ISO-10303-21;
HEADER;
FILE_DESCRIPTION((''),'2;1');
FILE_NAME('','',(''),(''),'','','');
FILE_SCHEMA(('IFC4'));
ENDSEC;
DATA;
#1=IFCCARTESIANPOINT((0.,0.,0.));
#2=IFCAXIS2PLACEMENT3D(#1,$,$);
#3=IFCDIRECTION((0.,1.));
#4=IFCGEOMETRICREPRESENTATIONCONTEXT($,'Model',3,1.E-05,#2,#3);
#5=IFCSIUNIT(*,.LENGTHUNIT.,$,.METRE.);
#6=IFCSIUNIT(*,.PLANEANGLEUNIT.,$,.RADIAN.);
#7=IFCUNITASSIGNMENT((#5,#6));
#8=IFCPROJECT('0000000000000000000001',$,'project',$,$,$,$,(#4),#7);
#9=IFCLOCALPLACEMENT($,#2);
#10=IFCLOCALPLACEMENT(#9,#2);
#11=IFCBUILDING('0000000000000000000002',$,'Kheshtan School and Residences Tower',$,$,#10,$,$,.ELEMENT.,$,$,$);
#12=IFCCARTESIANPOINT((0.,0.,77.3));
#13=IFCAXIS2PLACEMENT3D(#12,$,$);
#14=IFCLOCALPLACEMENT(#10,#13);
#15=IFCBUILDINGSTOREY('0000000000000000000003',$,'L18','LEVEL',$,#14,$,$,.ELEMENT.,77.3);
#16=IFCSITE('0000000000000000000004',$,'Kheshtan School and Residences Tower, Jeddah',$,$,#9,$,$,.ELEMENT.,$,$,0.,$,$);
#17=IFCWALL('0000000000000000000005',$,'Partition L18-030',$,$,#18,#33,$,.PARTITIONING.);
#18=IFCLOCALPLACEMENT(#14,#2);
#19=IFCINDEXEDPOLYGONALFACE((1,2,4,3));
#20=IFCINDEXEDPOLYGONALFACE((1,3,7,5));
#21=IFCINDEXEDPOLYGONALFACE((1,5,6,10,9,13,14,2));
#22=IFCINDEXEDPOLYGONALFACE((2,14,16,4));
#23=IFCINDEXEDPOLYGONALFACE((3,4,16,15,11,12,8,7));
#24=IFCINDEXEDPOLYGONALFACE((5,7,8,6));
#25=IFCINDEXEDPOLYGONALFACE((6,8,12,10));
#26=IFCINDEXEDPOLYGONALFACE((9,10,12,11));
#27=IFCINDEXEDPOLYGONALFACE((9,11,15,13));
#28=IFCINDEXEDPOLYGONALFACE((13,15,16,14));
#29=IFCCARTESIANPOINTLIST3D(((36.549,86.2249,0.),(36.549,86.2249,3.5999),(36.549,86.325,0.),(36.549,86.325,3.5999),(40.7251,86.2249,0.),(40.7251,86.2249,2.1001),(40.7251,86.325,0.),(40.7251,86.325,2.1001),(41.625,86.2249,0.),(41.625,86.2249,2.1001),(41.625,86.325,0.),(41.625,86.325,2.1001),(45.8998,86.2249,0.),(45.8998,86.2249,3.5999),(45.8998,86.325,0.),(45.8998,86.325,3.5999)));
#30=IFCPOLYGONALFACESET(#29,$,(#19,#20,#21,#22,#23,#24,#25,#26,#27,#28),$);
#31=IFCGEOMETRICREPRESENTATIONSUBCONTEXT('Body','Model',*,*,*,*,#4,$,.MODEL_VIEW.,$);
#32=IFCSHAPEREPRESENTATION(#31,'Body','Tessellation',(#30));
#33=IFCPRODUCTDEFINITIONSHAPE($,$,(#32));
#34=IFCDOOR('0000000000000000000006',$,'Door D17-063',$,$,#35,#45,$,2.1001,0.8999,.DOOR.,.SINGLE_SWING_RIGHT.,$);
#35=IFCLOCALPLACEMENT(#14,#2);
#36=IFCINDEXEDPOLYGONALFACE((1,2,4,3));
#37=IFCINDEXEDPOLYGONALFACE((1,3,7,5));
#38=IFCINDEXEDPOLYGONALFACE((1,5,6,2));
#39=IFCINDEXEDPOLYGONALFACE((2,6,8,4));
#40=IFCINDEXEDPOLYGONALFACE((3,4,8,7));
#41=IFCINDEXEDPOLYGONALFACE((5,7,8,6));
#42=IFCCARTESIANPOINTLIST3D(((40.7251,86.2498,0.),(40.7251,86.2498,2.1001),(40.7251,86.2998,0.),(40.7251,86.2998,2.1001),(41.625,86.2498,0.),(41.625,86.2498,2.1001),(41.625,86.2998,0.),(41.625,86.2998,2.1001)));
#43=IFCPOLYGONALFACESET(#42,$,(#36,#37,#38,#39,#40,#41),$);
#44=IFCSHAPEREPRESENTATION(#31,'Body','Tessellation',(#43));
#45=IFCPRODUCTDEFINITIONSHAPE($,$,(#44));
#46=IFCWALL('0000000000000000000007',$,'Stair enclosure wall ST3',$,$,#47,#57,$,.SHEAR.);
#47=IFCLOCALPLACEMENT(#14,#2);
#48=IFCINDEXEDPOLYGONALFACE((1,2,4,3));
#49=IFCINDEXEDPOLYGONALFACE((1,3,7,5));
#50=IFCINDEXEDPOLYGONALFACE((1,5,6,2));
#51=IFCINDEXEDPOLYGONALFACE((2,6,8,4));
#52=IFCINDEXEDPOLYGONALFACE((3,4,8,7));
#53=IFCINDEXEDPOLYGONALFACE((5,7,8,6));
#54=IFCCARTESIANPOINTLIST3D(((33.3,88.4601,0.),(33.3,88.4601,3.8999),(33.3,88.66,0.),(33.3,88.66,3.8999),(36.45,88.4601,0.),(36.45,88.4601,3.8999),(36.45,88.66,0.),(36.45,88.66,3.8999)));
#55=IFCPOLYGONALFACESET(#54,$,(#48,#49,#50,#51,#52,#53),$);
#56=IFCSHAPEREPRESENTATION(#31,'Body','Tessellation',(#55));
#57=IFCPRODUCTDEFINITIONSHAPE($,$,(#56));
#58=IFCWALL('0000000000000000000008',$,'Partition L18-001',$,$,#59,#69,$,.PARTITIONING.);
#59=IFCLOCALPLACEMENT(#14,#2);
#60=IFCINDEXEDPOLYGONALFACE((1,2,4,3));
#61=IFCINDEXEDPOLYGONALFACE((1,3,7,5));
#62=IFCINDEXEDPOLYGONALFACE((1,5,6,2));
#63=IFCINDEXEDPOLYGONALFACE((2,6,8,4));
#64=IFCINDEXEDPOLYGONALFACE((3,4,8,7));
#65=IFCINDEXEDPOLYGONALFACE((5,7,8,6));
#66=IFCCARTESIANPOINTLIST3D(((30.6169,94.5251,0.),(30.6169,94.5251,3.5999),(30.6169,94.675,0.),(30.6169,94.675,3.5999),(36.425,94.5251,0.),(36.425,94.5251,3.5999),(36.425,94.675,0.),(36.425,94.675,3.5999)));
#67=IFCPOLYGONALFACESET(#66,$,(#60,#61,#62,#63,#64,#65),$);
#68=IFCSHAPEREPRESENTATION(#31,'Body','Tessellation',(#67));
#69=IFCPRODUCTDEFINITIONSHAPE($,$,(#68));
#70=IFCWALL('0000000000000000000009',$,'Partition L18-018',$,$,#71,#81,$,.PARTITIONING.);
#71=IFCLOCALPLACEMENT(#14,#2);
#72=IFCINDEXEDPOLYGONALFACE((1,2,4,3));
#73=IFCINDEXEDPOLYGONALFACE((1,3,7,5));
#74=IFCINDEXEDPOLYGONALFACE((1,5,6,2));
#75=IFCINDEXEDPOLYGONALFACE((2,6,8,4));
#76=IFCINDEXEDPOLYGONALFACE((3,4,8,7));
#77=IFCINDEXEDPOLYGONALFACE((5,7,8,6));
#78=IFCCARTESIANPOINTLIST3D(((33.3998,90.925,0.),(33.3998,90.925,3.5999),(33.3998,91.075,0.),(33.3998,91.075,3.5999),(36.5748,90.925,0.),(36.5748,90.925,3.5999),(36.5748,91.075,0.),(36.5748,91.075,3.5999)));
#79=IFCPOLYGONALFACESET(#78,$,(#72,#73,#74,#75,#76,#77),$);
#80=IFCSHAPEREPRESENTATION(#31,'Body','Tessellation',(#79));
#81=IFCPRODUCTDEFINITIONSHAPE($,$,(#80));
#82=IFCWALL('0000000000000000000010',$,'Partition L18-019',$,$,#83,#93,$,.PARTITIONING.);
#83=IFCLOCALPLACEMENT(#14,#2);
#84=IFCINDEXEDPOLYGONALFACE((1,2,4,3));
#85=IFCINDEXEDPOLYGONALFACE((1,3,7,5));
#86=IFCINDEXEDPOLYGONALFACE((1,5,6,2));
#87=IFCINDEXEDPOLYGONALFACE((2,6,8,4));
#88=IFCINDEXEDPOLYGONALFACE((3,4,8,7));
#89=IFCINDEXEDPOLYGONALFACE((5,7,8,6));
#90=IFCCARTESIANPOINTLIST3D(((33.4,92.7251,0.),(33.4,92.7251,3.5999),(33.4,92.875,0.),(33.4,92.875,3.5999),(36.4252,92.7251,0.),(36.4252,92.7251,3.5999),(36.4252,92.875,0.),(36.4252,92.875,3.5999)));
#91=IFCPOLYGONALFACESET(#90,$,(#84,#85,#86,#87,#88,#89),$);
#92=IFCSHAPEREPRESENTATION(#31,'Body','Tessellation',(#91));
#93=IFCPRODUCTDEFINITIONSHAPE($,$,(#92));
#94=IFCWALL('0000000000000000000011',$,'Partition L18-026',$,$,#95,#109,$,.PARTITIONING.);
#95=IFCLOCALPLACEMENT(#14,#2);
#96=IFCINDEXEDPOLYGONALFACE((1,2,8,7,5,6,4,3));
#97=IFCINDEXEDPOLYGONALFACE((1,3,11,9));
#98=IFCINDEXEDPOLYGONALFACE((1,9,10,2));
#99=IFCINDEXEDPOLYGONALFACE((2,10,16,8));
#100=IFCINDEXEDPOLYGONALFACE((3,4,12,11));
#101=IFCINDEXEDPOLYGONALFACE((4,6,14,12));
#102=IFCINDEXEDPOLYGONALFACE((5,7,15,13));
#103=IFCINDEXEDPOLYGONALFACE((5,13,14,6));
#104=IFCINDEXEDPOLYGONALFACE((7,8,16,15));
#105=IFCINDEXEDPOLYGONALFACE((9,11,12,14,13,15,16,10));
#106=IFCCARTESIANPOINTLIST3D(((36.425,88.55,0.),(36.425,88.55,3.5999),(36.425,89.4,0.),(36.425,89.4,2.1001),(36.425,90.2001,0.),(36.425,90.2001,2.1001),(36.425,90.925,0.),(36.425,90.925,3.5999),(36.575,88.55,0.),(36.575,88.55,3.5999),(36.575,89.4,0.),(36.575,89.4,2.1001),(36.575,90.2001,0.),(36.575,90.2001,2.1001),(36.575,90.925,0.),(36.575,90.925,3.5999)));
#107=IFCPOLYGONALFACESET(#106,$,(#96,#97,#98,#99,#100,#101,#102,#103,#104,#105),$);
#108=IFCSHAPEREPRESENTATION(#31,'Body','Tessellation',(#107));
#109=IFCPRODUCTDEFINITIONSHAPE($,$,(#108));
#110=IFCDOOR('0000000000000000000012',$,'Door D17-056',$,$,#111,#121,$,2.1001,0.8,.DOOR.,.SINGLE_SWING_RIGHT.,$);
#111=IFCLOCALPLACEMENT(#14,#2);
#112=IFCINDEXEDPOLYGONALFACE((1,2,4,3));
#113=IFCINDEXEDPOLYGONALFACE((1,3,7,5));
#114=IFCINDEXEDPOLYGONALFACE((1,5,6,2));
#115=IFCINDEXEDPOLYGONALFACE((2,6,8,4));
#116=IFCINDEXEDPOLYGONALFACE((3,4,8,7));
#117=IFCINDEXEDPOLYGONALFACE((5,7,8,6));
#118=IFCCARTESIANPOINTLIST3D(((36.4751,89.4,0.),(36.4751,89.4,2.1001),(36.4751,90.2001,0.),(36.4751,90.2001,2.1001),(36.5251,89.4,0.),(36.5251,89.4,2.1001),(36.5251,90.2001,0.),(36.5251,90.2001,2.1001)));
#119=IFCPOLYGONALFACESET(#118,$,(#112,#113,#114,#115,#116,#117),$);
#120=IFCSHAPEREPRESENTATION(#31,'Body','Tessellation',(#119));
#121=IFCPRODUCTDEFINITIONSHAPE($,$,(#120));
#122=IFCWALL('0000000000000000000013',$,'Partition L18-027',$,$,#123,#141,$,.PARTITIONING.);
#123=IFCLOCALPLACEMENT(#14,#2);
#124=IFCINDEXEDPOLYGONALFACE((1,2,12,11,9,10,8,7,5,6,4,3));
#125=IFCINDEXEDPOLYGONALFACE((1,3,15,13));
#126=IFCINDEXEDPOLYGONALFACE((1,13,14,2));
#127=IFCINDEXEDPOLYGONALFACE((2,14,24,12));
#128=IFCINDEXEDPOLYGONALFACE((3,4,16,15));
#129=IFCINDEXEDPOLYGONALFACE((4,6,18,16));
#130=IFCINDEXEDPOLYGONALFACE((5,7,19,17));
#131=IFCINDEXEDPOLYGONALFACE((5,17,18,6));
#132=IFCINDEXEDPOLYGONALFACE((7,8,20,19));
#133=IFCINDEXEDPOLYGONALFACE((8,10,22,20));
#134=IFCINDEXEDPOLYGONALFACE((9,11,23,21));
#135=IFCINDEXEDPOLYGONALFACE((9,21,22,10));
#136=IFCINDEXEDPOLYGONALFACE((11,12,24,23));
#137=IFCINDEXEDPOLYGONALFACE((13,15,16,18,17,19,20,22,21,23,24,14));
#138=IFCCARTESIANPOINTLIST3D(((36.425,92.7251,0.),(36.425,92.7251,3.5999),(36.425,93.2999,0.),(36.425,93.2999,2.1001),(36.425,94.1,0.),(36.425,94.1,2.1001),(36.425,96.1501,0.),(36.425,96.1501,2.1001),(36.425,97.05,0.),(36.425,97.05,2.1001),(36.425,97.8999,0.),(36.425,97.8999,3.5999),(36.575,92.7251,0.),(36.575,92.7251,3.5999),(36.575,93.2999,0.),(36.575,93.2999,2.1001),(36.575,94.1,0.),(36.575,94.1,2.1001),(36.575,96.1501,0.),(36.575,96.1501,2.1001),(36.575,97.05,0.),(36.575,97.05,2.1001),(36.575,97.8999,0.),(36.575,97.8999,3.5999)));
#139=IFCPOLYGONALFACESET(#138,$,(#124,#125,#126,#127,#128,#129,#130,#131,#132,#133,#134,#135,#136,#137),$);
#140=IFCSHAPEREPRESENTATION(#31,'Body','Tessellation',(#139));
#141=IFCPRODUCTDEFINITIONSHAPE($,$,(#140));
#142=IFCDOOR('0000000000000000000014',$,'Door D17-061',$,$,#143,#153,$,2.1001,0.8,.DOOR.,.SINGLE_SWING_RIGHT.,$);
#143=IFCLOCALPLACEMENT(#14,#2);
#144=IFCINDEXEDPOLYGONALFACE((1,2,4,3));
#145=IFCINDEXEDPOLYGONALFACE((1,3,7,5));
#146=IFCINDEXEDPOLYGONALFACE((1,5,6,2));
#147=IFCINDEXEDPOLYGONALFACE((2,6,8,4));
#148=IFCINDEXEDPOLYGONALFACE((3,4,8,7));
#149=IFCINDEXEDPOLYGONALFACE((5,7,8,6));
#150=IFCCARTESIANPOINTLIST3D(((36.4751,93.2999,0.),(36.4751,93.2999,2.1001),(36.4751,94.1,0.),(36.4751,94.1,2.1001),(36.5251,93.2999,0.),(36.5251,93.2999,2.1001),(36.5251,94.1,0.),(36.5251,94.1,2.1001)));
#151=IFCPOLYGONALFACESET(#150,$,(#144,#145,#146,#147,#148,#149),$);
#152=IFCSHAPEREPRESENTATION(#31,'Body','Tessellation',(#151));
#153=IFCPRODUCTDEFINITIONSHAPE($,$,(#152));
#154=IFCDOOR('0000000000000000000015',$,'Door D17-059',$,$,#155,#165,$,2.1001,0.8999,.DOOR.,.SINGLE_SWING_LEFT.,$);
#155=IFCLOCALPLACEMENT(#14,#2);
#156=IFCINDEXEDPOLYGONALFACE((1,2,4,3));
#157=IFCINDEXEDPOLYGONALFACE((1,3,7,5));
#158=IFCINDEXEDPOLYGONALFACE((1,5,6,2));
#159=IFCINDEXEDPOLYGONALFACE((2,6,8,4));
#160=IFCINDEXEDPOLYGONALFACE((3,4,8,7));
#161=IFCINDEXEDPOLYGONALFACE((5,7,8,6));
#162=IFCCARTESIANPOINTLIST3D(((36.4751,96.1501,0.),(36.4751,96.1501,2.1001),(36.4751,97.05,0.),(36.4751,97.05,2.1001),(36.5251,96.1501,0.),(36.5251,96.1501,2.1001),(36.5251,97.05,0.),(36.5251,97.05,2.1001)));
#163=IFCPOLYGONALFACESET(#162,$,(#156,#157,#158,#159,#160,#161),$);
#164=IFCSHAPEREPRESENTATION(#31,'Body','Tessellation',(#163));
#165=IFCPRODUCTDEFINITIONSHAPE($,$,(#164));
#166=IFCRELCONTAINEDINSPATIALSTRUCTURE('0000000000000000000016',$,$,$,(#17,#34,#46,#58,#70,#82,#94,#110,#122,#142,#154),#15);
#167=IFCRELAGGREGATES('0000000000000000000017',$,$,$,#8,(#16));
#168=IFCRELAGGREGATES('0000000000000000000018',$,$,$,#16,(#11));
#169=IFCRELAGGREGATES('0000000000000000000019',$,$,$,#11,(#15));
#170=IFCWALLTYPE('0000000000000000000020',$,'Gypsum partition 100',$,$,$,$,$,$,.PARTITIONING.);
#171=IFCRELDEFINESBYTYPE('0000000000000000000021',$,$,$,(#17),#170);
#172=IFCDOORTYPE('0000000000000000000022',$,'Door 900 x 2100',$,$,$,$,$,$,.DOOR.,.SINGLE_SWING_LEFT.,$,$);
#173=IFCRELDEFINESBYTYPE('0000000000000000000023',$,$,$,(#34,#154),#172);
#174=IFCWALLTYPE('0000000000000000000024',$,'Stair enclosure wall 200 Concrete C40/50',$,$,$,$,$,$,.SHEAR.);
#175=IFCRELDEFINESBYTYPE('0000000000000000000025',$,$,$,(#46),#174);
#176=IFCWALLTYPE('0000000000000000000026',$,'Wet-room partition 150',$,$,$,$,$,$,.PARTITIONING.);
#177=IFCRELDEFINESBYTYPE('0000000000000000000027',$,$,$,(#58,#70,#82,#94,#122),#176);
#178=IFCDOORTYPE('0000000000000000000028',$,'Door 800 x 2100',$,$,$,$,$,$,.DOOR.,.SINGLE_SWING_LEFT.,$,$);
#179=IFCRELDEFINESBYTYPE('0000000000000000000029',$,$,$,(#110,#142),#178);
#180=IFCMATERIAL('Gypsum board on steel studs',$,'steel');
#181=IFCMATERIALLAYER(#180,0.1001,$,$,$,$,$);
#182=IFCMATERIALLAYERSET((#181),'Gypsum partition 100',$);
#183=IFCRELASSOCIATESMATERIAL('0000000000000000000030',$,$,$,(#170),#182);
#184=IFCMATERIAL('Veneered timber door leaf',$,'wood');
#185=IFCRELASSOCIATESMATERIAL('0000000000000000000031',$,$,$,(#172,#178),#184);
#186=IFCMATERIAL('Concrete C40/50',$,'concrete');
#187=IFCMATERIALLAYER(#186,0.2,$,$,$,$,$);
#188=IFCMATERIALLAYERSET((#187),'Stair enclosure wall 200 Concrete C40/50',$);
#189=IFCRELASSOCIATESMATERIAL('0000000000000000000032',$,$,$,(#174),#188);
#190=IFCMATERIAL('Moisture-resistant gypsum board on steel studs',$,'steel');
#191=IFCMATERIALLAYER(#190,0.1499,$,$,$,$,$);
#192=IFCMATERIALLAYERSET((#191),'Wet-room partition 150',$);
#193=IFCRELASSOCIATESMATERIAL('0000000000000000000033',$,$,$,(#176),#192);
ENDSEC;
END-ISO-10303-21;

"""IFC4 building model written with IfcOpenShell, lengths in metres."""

from ifc_helpers import new_model, si_unit, direction, frame, frame_2d, origin, place, context, subcontext, project, spatial, rectangle, extrude, source, transform, mapped, material, layer, layer_set, type_object, element, fill, save


model = new_model("IFC4")

# Units and contexts
model_context = context("Model", 3, precision=1e-05, world=origin(), true_north=direction((0.0, 1.0)))
body_context = subcontext(model_context, "Body", "Model", "MODEL_VIEW")
ifc_project = project(units=[si_unit("LENGTHUNIT", "METRE"), si_unit("PLANEANGLEUNIT", "RADIAN")], contexts=[model_context])

# Site, building, storey
site_placement = place(None, origin())
site = spatial("IfcSite", under=ifc_project, at=site_placement, Name="Kheshtan School and Residences Tower, Jeddah", CompositionType="ELEMENT", RefElevation=0.0)
building_placement = place(site_placement, origin())
building = spatial("IfcBuilding", under=site, at=building_placement, Name="Kheshtan School and Residences Tower", CompositionType="ELEMENT")
storey_placement = place(building_placement, frame((0.0, 0.0, 77.3)))
storey = spatial("IfcBuildingStorey", under=building, at=storey_placement, Name="L18", Description="LEVEL", CompositionType="ELEMENT", Elevation=77.3)

# Wall, opening, door
ifc_material_1 = material(Name="Gypsum board on steel studs", Category="steel")
ifc_layer_1 = layer(ifc_material_1, 0.1001)
ifc_layer_set_1 = layer_set([ifc_layer_1], Name="Gypsum partition 100")
wall_type_1 = type_object("IfcWallType", Name="Gypsum partition 100", PredefinedType="PARTITIONING", material=ifc_layer_set_1)
ifc_material_2 = material(Name="Veneered timber door leaf", Category="wood")
door_type_1 = type_object("IfcDoorType", Name="Door 900 x 2100", OperationType="SINGLE_SWING_LEFT", PredefinedType="DOOR", material=ifc_material_2)
shared_shape_1 = source(origin(), body_context, "Body", "SweptSolid", [
    extrude(rectangle(XDim=0.8999, YDim=2.1001, at=frame_2d((0.45, 1.05))), frame((0.0, 0.0249, 0.0), z_axis=(0.0, -1.0, 0.0), x_axis=(1.0, 0.0, 0.0)), (0.0, 0.0, 1.0), 0.05),
])
wall_1_placement = place(storey_placement, frame((36.5491, 86.2749, 0.0), z_axis=(0.0, 0.0, 1.0), x_axis=(1.0, 0.0, 0.0)))
wall_1 = element("IfcWall", 1, at=wall_1_placement, inside=storey, type_object=wall_type_1, Name="Partition L18-030", PredefinedType="PARTITIONING", context=body_context, shape_type="SweptSolid", body=[
    extrude(rectangle(XDim=9.3508, YDim=0.1001, at=frame_2d((4.6753, 0.0))), origin(), (0.0, 0.0, 1.0), 3.5999),
])
opening_1_placement = place(wall_1_placement, frame((4.176, 0.0, 0.0)))
opening_1 = element("IfcOpeningElement", 2, at=opening_1_placement, cuts=wall_1, PredefinedType="OPENING", context=body_context, shape_type="SweptSolid", body=[
    extrude(rectangle(XDim=0.8999, YDim=2.1001, at=frame_2d((0.45, 1.05))), frame((0.0, 0.0601, 0.0), z_axis=(0.0, -1.0, 0.0), x_axis=(1.0, 0.0, 0.0)), (0.0, 0.0, 1.0), 0.1201),
])
door_1_placement = place(opening_1_placement, origin())
door_1 = element("IfcDoor", 3, at=door_1_placement, inside=storey, type_object=door_type_1, Name="Door D17-063", OperationType="SINGLE_SWING_RIGHT", OverallHeight=2.1001, OverallWidth=0.8999, PredefinedType="DOOR", context=body_context, shape_type="MappedRepresentation", body=[
    mapped(shared_shape_1, transform((0.0, 0.0, 0.0), x_axis=(1.0, 0.0, 0.0), y_axis=(0.0, 1.0, 0.0), z_axis=(0.0, 0.0, 1.0), scale=1.0)),
])
fill(opening_1, door_1)

# Walls
ifc_material_3 = material(Name="Concrete C40/50", Category="concrete")
ifc_layer_2 = layer(ifc_material_3, 0.2)
ifc_layer_set_2 = layer_set([ifc_layer_2], Name="Stair enclosure wall 200 Concrete C40/50")
wall_type_2 = type_object("IfcWallType", Name="Stair enclosure wall 200 Concrete C40/50", PredefinedType="SHEAR", material=ifc_layer_set_2)
wall_2_placement = place(storey_placement, frame((33.3, 88.5601, 0.0), z_axis=(0.0, 0.0, 1.0), x_axis=(1.0, 0.0, 0.0)))
element("IfcWall", 4, at=wall_2_placement, inside=storey, type_object=wall_type_2, Name="Stair enclosure wall ST3", PredefinedType="SHEAR", context=body_context, shape_type="SweptSolid", body=[
    extrude(rectangle(XDim=3.1499, YDim=0.2, at=frame_2d((1.575, 0.0))), origin(), (0.0, 0.0, 1.0), 3.8999),
])
ifc_material_4 = material(Name="Moisture-resistant gypsum board on steel studs", Category="steel")
ifc_layer_3 = layer(ifc_material_4, 0.1499)
ifc_layer_set_3 = layer_set([ifc_layer_3], Name="Wet-room partition 150")
wall_type_3 = type_object("IfcWallType", Name="Wet-room partition 150", PredefinedType="PARTITIONING", material=ifc_layer_set_3)
wall_3_placement = place(storey_placement, frame((30.6169, 94.6001, 0.0), z_axis=(0.0, 0.0, 1.0), x_axis=(1.0, 0.0, 0.0)))
element("IfcWall", 5, at=wall_3_placement, inside=storey, type_object=wall_type_3, Name="Partition L18-001", PredefinedType="PARTITIONING", context=body_context, shape_type="SweptSolid", body=[
    extrude(rectangle(XDim=5.8081, YDim=0.1499, at=frame_2d((2.9041, 0.0))), origin(), (0.0, 0.0, 1.0), 3.5999),
])
wall_4_placement = place(storey_placement, frame((33.3999, 91.0, 0.0), z_axis=(0.0, 0.0, 1.0), x_axis=(1.0, 0.0, 0.0)))
element("IfcWall", 6, at=wall_4_placement, inside=storey, type_object=wall_type_3, Name="Partition L18-018", PredefinedType="PARTITIONING", context=body_context, shape_type="SweptSolid", body=[
    extrude(rectangle(XDim=3.175, YDim=0.1499, at=frame_2d((1.5874, 0.0))), origin(), (0.0, 0.0, 1.0), 3.5999),
])
wall_5_placement = place(storey_placement, frame((33.3999, 92.8, 0.0), z_axis=(0.0, 0.0, 1.0), x_axis=(1.0, 0.0, 0.0)))
element("IfcWall", 7, at=wall_5_placement, inside=storey, type_object=wall_type_3, Name="Partition L18-019", PredefinedType="PARTITIONING", context=body_context, shape_type="SweptSolid", body=[
    extrude(rectangle(XDim=3.0251, YDim=0.1499, at=frame_2d((1.5127, 0.0))), origin(), (0.0, 0.0, 1.0), 3.5999),
])

# Wall, opening, door
wall_6_placement = place(storey_placement, frame((36.5, 88.55, 0.0), z_axis=(0.0, 0.0, 1.0), x_axis=(0.0, 1.0, 0.0)))
wall_6 = element("IfcWall", 8, at=wall_6_placement, inside=storey, type_object=wall_type_3, Name="Partition L18-026", PredefinedType="PARTITIONING", context=body_context, shape_type="SweptSolid", body=[
    extrude(rectangle(XDim=2.375, YDim=0.1499, at=frame_2d((1.1875, 0.0))), origin(), (0.0, 0.0, 1.0), 3.5999),
])
opening_2_placement = place(wall_6_placement, frame((0.8501, 0.0, 0.0)))
opening_2 = element("IfcOpeningElement", 9, at=opening_2_placement, cuts=wall_6, PredefinedType="OPENING", context=body_context, shape_type="SweptSolid", body=[
    extrude(rectangle(XDim=0.8, YDim=2.1001, at=frame_2d((0.3999, 1.05))), frame((0.0, 0.085, 0.0), z_axis=(0.0, -1.0, 0.0), x_axis=(1.0, 0.0, 0.0)), (0.0, 0.0, 1.0), 0.1699),
])
door_type_2 = type_object("IfcDoorType", Name="Door 800 x 2100", OperationType="SINGLE_SWING_LEFT", PredefinedType="DOOR", material=ifc_material_2)
shared_shape_2 = source(origin(), body_context, "Body", "SweptSolid", [
    extrude(rectangle(XDim=0.8, YDim=2.1001, at=frame_2d((0.3999, 1.05))), frame((0.0, 0.0249, 0.0), z_axis=(0.0, -1.0, 0.0), x_axis=(1.0, 0.0, 0.0)), (0.0, 0.0, 1.0), 0.05),
])
door_2_placement = place(opening_2_placement, origin())
door_2 = element("IfcDoor", 10, at=door_2_placement, inside=storey, type_object=door_type_2, Name="Door D17-056", OperationType="SINGLE_SWING_RIGHT", OverallHeight=2.1001, OverallWidth=0.8, PredefinedType="DOOR", context=body_context, shape_type="MappedRepresentation", body=[
    mapped(shared_shape_2, transform((0.0, 0.0, 0.0), x_axis=(1.0, 0.0, 0.0), y_axis=(0.0, 1.0, 0.0), z_axis=(0.0, 0.0, 1.0), scale=1.0)),
])
fill(opening_2, door_2)

# Wall, openings, doors
wall_7_placement = place(storey_placement, frame((36.5, 92.7251, 0.0), z_axis=(0.0, 0.0, 1.0), x_axis=(0.0, 1.0, 0.0)))
wall_7 = element("IfcWall", 11, at=wall_7_placement, inside=storey, type_object=wall_type_3, Name="Partition L18-027", PredefinedType="PARTITIONING", context=body_context, shape_type="SweptSolid", body=[
    extrude(rectangle(XDim=5.1748, YDim=0.1499, at=frame_2d((2.5874, 0.0))), origin(), (0.0, 0.0, 1.0), 3.5999),
])
opening_3_placement = place(wall_7_placement, frame((3.425, 0.0, 0.0)))
opening_3 = element("IfcOpeningElement", 12, at=opening_3_placement, cuts=wall_7, PredefinedType="OPENING", context=body_context, shape_type="SweptSolid", body=[
    extrude(rectangle(XDim=0.8999, YDim=2.1001, at=frame_2d((0.45, 1.05))), frame((0.0, 0.085, 0.0), z_axis=(0.0, -1.0, 0.0), x_axis=(1.0, 0.0, 0.0)), (0.0, 0.0, 1.0), 0.1699),
])
opening_4_placement = place(wall_7_placement, frame((0.575, 0.0, 0.0)))
opening_4 = element("IfcOpeningElement", 13, at=opening_4_placement, cuts=wall_7, PredefinedType="OPENING", context=body_context, shape_type="SweptSolid", body=[
    extrude(rectangle(XDim=0.8, YDim=2.1001, at=frame_2d((0.3999, 1.05))), frame((0.0, 0.085, 0.0), z_axis=(0.0, -1.0, 0.0), x_axis=(1.0, 0.0, 0.0)), (0.0, 0.0, 1.0), 0.1699),
])
door_3_placement = place(opening_4_placement, origin())
door_3 = element("IfcDoor", 14, at=door_3_placement, inside=storey, type_object=door_type_2, Name="Door D17-061", OperationType="SINGLE_SWING_RIGHT", OverallHeight=2.1001, OverallWidth=0.8, PredefinedType="DOOR", context=body_context, shape_type="MappedRepresentation", body=[
    mapped(shared_shape_2, transform((0.0, 0.0, 0.0), x_axis=(1.0, 0.0, 0.0), y_axis=(0.0, 1.0, 0.0), z_axis=(0.0, 0.0, 1.0), scale=1.0)),
])
fill(opening_4, door_3)
door_4_placement = place(opening_3_placement, origin())
door_4 = element("IfcDoor", 15, at=door_4_placement, inside=storey, type_object=door_type_1, Name="Door D17-059", OperationType="SINGLE_SWING_LEFT", OverallHeight=2.1001, OverallWidth=0.8999, PredefinedType="DOOR", context=body_context, shape_type="MappedRepresentation", body=[
    mapped(shared_shape_1, transform((0.0, 0.0, 0.0), x_axis=(1.0, 0.0, 0.0), y_axis=(0.0, 1.0, 0.0), z_axis=(0.0, 0.0, 1.0), scale=1.0)),
])
fill(opening_3, door_4)

save(model, "model.ifc")
